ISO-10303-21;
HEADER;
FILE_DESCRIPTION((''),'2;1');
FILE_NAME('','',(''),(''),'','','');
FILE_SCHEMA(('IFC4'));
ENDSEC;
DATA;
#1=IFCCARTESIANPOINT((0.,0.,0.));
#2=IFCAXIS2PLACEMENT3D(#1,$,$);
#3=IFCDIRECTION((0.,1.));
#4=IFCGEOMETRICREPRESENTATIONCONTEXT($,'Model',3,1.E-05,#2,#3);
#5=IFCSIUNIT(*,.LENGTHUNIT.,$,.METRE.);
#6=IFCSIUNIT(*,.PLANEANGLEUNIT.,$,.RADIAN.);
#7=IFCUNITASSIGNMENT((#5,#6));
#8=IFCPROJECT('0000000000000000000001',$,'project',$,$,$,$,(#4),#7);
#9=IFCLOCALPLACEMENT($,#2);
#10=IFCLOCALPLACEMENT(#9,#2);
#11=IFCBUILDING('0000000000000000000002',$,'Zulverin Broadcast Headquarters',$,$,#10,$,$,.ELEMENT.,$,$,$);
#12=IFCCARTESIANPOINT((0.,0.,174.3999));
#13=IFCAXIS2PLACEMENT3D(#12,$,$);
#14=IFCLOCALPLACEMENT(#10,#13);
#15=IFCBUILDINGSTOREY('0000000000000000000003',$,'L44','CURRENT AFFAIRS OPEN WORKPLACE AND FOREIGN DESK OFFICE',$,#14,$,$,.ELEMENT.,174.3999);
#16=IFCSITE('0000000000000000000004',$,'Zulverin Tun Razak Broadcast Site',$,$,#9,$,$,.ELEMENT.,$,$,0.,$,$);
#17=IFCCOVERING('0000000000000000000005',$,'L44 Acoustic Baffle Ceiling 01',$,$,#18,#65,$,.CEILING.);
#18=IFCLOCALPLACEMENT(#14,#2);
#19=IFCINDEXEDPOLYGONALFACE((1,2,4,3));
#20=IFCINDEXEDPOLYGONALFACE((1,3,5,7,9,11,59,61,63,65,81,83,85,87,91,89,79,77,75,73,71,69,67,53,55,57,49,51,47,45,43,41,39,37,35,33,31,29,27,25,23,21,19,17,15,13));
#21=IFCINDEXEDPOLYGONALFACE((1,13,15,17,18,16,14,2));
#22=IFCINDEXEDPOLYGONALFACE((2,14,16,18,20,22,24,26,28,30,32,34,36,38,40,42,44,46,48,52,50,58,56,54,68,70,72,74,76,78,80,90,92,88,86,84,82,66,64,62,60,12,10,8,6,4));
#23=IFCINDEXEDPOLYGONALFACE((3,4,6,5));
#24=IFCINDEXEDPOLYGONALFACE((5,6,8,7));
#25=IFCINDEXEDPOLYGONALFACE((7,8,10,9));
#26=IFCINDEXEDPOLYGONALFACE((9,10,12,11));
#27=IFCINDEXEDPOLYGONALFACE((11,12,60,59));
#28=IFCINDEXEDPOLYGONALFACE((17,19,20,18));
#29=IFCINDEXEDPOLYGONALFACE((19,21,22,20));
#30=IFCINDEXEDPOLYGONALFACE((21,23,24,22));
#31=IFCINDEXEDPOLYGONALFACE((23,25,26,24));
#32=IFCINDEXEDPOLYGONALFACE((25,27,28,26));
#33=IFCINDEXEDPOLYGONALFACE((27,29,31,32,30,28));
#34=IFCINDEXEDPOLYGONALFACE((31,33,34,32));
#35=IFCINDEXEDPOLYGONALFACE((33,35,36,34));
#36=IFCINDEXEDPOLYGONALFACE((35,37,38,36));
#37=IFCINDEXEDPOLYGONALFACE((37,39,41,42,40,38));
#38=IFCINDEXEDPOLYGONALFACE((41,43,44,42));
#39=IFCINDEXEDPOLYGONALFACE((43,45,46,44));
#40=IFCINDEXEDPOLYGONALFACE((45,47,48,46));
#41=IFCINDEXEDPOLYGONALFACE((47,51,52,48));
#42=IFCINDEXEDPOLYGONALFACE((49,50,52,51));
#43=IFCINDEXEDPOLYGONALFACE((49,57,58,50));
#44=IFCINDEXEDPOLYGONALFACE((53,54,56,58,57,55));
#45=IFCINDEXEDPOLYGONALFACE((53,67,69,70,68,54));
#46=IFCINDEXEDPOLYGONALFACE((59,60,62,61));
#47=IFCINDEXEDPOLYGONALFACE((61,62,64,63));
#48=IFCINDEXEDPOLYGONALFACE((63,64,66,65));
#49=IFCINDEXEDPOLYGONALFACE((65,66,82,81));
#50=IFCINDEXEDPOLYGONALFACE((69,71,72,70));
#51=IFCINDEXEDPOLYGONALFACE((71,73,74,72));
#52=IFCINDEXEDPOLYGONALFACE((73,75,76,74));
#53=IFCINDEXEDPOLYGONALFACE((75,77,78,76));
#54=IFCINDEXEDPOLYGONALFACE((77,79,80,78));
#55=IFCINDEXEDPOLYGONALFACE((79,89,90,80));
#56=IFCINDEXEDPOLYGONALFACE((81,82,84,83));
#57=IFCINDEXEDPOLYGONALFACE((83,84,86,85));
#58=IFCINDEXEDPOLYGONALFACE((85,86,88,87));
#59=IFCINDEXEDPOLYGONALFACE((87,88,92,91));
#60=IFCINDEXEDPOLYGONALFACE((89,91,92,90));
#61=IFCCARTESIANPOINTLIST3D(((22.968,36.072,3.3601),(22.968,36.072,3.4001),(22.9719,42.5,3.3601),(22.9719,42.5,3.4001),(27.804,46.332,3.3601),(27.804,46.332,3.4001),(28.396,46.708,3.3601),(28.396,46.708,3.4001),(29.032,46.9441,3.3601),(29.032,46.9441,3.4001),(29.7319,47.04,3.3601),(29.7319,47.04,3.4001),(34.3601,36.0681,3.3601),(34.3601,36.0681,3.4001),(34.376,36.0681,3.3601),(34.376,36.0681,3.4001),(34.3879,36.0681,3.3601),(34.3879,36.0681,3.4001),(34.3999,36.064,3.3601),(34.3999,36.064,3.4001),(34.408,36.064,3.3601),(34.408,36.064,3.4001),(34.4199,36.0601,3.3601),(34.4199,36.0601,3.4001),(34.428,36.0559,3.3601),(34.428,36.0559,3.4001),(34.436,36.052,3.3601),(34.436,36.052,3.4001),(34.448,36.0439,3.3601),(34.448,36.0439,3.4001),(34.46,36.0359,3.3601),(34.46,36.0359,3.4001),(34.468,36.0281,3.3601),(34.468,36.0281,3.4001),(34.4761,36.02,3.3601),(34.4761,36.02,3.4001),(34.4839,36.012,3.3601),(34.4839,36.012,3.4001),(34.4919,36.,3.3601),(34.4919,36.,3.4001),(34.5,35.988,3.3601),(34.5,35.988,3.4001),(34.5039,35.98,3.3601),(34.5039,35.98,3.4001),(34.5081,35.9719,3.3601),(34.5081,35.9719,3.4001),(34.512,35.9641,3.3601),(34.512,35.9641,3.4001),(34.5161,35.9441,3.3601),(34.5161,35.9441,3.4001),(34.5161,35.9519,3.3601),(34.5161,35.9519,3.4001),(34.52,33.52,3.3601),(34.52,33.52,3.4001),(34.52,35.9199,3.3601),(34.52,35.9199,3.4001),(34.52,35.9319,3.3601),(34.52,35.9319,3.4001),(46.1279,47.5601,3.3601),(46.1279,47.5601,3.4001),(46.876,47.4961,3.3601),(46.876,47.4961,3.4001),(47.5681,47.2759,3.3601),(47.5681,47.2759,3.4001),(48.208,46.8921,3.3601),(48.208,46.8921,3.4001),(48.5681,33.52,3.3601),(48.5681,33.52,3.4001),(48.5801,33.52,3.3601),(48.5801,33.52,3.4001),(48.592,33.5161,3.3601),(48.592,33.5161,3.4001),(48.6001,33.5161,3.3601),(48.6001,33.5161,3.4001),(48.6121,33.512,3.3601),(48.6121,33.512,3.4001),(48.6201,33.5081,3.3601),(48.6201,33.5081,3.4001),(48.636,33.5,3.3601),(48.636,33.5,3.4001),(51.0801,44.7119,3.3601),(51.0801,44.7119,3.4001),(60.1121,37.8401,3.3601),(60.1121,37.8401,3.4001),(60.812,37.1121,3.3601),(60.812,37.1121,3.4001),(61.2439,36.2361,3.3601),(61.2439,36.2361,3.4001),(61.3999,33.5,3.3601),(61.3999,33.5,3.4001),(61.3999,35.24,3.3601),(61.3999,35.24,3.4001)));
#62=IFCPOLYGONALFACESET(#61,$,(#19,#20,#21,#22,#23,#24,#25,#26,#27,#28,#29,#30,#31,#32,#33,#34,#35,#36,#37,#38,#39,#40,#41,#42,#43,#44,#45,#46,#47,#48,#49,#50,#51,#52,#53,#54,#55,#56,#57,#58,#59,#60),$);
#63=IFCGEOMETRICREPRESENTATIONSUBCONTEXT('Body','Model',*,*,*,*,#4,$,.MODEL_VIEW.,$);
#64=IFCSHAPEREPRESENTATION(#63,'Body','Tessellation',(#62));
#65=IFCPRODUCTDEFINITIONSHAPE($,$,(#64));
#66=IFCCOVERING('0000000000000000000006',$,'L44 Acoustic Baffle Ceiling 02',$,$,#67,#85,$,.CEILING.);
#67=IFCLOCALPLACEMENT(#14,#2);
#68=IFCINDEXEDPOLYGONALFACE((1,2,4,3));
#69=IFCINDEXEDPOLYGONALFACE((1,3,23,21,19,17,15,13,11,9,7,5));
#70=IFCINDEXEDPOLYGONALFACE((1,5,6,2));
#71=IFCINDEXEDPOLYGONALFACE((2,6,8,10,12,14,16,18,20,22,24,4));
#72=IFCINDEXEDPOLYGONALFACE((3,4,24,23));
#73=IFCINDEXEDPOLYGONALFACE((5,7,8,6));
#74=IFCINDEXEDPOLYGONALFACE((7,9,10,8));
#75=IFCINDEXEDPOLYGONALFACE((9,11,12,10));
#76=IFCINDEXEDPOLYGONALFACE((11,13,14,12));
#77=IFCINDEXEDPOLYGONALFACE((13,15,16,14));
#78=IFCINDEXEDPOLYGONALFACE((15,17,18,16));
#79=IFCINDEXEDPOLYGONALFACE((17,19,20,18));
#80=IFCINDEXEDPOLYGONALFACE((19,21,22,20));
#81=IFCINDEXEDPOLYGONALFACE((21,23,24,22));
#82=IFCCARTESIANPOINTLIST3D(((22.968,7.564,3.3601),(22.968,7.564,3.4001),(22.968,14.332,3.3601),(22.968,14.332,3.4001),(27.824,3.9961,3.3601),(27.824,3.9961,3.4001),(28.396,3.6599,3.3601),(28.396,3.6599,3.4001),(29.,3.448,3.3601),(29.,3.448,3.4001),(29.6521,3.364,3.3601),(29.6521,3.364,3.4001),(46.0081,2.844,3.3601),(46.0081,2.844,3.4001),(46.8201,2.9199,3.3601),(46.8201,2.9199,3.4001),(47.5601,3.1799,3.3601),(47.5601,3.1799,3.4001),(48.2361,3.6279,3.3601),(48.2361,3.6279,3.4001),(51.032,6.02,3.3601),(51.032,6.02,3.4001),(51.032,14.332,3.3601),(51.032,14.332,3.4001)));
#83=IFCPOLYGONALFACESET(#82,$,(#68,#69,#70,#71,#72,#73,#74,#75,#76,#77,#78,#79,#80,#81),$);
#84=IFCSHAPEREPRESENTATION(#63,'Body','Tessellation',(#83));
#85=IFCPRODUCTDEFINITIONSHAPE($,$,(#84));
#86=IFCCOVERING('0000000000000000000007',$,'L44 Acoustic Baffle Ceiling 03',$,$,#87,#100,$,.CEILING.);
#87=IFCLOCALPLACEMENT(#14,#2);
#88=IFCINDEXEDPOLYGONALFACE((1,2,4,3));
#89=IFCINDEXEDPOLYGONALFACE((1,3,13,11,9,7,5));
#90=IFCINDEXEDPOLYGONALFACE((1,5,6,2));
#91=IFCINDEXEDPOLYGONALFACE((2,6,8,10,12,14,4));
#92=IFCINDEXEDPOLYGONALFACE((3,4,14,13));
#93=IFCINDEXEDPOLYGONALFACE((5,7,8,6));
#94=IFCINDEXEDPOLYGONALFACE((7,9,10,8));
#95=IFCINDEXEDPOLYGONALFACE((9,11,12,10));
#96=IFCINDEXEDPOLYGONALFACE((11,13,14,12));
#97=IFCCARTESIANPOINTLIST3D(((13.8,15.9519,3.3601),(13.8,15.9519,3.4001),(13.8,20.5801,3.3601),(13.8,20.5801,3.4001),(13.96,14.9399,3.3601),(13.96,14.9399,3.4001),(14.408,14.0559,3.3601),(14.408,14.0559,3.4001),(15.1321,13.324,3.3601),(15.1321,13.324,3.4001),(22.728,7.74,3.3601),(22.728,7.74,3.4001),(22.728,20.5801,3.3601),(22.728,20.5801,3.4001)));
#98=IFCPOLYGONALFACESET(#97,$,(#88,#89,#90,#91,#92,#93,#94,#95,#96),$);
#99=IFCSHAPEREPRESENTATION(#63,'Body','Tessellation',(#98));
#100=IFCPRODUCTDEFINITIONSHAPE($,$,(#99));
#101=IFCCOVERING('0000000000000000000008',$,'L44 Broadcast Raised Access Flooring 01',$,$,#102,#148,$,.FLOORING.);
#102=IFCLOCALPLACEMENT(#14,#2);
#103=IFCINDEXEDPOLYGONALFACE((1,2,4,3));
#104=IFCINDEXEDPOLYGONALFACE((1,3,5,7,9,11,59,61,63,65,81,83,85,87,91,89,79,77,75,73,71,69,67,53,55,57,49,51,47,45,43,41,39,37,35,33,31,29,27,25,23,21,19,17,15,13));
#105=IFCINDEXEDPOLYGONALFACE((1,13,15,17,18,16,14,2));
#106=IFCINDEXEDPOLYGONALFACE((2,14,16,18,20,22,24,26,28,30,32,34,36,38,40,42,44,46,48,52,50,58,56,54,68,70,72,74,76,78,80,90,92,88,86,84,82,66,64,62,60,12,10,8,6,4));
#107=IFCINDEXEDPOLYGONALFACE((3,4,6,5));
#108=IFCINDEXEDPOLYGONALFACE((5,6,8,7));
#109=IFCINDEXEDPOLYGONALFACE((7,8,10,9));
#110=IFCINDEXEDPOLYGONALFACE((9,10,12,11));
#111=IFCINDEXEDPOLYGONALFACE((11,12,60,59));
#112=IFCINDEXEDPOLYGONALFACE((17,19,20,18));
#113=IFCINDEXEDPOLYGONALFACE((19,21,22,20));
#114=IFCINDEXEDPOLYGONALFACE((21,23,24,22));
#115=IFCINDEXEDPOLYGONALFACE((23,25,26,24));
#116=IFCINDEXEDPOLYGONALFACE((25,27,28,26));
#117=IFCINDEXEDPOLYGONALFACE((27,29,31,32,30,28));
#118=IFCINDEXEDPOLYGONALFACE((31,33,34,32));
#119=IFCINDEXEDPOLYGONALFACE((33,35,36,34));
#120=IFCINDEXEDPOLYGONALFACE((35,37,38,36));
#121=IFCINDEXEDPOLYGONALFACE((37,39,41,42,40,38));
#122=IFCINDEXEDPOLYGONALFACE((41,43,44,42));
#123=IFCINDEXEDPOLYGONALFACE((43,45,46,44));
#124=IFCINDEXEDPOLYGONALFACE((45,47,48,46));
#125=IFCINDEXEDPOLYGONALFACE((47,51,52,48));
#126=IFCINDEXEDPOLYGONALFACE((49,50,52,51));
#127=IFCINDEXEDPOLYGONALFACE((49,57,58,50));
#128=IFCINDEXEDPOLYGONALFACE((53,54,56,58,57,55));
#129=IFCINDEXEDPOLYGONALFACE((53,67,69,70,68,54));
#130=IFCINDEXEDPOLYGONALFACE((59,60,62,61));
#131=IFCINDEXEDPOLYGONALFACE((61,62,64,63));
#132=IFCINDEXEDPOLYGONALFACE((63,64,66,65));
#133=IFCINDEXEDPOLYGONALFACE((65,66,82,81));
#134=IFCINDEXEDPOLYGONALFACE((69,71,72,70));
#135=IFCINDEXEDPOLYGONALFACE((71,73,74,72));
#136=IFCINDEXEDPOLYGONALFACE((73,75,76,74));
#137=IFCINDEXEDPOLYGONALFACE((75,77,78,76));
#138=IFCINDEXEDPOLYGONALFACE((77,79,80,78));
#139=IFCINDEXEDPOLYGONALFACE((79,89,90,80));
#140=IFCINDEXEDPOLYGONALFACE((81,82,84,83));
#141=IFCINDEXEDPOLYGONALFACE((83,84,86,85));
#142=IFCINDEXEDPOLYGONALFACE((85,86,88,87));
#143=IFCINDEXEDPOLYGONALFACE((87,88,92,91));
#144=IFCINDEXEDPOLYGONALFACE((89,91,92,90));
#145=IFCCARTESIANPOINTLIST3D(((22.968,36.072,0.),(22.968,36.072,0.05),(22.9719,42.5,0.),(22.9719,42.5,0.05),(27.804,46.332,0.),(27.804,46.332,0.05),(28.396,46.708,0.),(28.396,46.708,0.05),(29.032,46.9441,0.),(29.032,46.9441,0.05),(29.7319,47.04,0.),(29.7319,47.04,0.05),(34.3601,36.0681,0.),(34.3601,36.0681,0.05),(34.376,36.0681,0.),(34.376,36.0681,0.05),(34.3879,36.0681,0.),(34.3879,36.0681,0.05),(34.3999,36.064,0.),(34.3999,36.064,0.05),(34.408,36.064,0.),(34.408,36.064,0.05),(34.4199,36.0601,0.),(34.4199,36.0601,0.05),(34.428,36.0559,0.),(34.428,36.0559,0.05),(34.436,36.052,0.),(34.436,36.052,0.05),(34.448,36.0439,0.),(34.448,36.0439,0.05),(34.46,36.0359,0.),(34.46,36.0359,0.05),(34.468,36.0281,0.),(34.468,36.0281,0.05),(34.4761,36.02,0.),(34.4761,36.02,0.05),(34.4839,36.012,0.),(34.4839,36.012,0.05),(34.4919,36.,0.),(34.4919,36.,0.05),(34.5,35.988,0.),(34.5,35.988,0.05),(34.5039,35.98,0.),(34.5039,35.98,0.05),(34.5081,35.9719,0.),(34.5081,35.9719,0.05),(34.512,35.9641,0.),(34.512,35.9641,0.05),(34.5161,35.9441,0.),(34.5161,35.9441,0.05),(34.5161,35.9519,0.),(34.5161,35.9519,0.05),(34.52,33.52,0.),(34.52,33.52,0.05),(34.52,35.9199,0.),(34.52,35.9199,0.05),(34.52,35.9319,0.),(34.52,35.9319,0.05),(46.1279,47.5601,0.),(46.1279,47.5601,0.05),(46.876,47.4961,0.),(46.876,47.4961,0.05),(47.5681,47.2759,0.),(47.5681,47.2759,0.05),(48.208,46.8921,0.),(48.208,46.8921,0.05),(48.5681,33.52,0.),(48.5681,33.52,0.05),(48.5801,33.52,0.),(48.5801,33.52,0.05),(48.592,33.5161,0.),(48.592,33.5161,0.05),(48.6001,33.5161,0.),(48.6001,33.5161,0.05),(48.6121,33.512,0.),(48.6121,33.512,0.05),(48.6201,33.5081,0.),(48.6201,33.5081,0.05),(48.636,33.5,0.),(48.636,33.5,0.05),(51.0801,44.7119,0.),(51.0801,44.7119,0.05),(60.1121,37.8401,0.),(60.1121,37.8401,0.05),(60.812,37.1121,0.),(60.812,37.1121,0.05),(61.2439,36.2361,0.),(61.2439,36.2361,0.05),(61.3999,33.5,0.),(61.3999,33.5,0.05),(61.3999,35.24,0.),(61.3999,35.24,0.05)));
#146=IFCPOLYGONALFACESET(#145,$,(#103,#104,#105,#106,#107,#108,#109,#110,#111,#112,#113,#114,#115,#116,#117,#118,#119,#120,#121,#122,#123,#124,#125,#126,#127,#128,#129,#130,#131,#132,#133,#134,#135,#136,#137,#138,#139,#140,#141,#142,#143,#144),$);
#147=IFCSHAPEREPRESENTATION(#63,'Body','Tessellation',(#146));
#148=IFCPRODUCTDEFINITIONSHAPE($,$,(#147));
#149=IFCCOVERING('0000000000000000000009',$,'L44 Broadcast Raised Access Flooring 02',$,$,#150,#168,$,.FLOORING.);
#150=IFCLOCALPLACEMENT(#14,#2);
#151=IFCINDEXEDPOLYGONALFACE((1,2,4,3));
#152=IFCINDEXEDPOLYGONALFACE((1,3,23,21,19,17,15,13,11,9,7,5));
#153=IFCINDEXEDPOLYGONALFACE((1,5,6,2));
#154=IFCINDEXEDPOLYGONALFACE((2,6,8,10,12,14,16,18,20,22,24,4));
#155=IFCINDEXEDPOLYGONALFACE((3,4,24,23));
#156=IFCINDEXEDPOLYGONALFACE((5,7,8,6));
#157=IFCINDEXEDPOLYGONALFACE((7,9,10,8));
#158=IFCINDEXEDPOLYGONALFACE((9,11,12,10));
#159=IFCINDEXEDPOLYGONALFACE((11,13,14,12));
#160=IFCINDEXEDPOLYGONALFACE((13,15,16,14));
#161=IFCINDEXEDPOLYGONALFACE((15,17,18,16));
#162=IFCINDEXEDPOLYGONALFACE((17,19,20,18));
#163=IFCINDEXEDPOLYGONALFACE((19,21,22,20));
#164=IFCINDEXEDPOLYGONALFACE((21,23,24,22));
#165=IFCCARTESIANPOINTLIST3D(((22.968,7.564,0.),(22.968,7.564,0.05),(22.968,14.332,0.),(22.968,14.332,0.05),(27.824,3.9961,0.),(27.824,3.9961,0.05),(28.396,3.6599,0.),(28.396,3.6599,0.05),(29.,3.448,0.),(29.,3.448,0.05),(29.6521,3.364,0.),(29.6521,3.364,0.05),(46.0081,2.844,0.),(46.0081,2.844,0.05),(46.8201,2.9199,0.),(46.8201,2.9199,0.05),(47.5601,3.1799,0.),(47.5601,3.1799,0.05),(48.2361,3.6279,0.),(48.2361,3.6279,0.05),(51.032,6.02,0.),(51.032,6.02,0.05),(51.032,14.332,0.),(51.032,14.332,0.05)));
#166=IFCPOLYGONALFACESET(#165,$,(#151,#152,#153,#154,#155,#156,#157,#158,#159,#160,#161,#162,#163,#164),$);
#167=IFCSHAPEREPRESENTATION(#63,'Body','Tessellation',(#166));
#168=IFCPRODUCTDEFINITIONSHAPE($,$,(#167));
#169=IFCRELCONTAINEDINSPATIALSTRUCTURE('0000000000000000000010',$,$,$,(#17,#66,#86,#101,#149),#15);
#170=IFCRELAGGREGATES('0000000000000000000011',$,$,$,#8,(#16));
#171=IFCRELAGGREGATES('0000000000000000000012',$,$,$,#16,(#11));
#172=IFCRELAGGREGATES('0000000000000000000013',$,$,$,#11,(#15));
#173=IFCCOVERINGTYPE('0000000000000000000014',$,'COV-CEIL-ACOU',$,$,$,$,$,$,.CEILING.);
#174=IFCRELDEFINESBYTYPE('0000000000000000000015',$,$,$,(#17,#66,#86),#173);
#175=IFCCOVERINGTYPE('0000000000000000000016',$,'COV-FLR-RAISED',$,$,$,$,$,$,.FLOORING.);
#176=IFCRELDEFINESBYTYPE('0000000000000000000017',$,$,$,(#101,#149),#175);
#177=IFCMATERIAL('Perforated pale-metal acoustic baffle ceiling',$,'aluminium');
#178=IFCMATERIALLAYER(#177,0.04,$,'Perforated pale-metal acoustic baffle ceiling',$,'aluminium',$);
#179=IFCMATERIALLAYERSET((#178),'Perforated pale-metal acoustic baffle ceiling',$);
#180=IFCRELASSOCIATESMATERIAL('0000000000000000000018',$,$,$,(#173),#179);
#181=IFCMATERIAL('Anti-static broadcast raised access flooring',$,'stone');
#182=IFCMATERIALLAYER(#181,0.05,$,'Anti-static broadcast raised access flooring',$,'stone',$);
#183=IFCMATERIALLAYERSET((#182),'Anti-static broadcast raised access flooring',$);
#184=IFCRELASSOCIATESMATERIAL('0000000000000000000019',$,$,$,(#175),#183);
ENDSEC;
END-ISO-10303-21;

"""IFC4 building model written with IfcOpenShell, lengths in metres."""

from ifc_helpers import new_model, si_unit, direction, frame, origin, place, context, subcontext, project, spatial, polyline, outline, extrude, material, layer, layer_set, type_object, element, save


model = new_model("IFC4")

# Units and contexts
model_context = context("Model", 3, precision=1e-05, world=origin(), true_north=direction((0.0, 1.0)))
body_context = subcontext(model_context, "Body", "Model", "MODEL_VIEW")
ifc_project = project(units=[si_unit("LENGTHUNIT", "METRE"), si_unit("PLANEANGLEUNIT", "RADIAN")], contexts=[model_context])

# Site, building, storey
site_placement = place(None, origin())
site = spatial("IfcSite", under=ifc_project, at=site_placement, Name="Zulverin Tun Razak Broadcast Site", CompositionType="ELEMENT", RefElevation=0.0)
building_placement = place(site_placement, origin())
building = spatial("IfcBuilding", under=site, at=building_placement, Name="Zulverin Broadcast Headquarters", CompositionType="ELEMENT")
storey_placement = place(building_placement, frame((0.0, 0.0, 174.3999)))
storey = spatial("IfcBuildingStorey", under=building, at=storey_placement, Name="L44", Description="CURRENT AFFAIRS OPEN WORKPLACE AND FOREIGN DESK OFFICE", CompositionType="ELEMENT", Elevation=174.3999)

# Coverings
ifc_material_1 = material(Name="Perforated pale-metal acoustic baffle ceiling", Category="aluminium")
ifc_layer_1 = layer(ifc_material_1, 0.04, Name="Perforated pale-metal acoustic baffle ceiling", Category="aluminium")
ifc_layer_set_1 = layer_set([ifc_layer_1], Name="Perforated pale-metal acoustic baffle ceiling")
covering_type_1 = type_object("IfcCoveringType", Name="COV-CEIL-ACOU", PredefinedType="CEILING", material=ifc_layer_set_1)
covering_1_placement = place(storey_placement, frame((0.0, 0.0, 3.3601)))
element("IfcCovering", 1, at=covering_1_placement, inside=storey, type_object=covering_type_1, Name="L44 Acoustic Baffle Ceiling 01", PredefinedType="CEILING", context=body_context, shape_type="SweptSolid", body=[
    extrude(outline(polyline([(28.396, 46.708), (27.804, 46.332), (22.9719, 42.5), (22.968, 36.072), (34.3601, 36.0681), (34.376, 36.0681), (34.3879, 36.0681), (34.3999, 36.064), (34.408, 36.064), (34.4199, 36.0601), (34.428, 36.0559), (34.436, 36.052), (34.448, 36.0439), (34.46, 36.0359), (34.468, 36.0281), (34.4761, 36.02), (34.4839, 36.012), (34.4919, 36.0), (34.5, 35.988), (34.5039, 35.98), (34.5081, 35.9719), (34.512, 35.9641), (34.5161, 35.9519), (34.5161, 35.9441), (34.52, 35.9319), (34.52, 35.9199), (34.52, 33.52), (48.5681, 33.52), (48.5801, 33.52), (48.592, 33.5161), (48.6001, 33.5161), (48.6121, 33.512), (48.6201, 33.5081), (48.636, 33.5), (61.3999, 33.5), (61.3999, 35.24), (61.2439, 36.2361), (60.812, 37.1121), (60.1121, 37.8401), (51.0801, 44.7119), (48.208, 46.8921), (47.5681, 47.2759), (46.876, 47.4961), (46.1279, 47.5601), (29.7319, 47.04), (29.032, 46.9441), (28.396, 46.708)])), origin(), (0.0, 0.0, 1.0), 0.04),
])
covering_2_placement = place(storey_placement, frame((0.0, 0.0, 3.3601)))
element("IfcCovering", 2, at=covering_2_placement, inside=storey, type_object=covering_type_1, Name="L44 Acoustic Baffle Ceiling 02", PredefinedType="CEILING", context=body_context, shape_type="SweptSolid", body=[
    extrude(outline(polyline([(47.5601, 3.1799), (48.2361, 3.6279), (51.032, 6.02), (51.032, 14.332), (22.968, 14.332), (22.968, 7.564), (27.824, 3.9961), (28.396, 3.6599), (29.0, 3.448), (29.6521, 3.364), (46.0081, 2.844), (46.8201, 2.9199), (47.5601, 3.1799)])), origin(), (0.0, 0.0, 1.0), 0.04),
])
covering_3_placement = place(storey_placement, frame((0.0, 0.0, 3.3601)))
element("IfcCovering", 3, at=covering_3_placement, inside=storey, type_object=covering_type_1, Name="L44 Acoustic Baffle Ceiling 03", PredefinedType="CEILING", context=body_context, shape_type="SweptSolid", body=[
    extrude(outline(polyline([(14.408, 14.0559), (15.1321, 13.324), (22.728, 7.74), (22.728, 20.5801), (13.8, 20.5801), (13.8, 15.9519), (13.96, 14.9399), (14.408, 14.0559)])), origin(), (0.0, 0.0, 1.0), 0.04),
])
ifc_material_2 = material(Name="Anti-static broadcast raised access flooring", Category="stone")
ifc_layer_2 = layer(ifc_material_2, 0.05, Name="Anti-static broadcast raised access flooring", Category="stone")
ifc_layer_set_2 = layer_set([ifc_layer_2], Name="Anti-static broadcast raised access flooring")
covering_type_2 = type_object("IfcCoveringType", Name="COV-FLR-RAISED", PredefinedType="FLOORING", material=ifc_layer_set_2)
covering_4_placement = place(storey_placement, origin())
element("IfcCovering", 4, at=covering_4_placement, inside=storey, type_object=covering_type_2, Name="L44 Broadcast Raised Access Flooring 01", PredefinedType="FLOORING", context=body_context, shape_type="SweptSolid", body=[
    extrude(outline(polyline([(28.396, 46.708), (27.804, 46.332), (22.9719, 42.5), (22.968, 36.072), (34.3601, 36.0681), (34.376, 36.0681), (34.3879, 36.0681), (34.3999, 36.064), (34.408, 36.064), (34.4199, 36.0601), (34.428, 36.0559), (34.436, 36.052), (34.448, 36.0439), (34.46, 36.0359), (34.468, 36.0281), (34.4761, 36.02), (34.4839, 36.012), (34.4919, 36.0), (34.5, 35.988), (34.5039, 35.98), (34.5081, 35.9719), (34.512, 35.9641), (34.5161, 35.9519), (34.5161, 35.9441), (34.52, 35.9319), (34.52, 35.9199), (34.52, 33.52), (48.5681, 33.52), (48.5801, 33.52), (48.592, 33.5161), (48.6001, 33.5161), (48.6121, 33.512), (48.6201, 33.5081), (48.636, 33.5), (61.3999, 33.5), (61.3999, 35.24), (61.2439, 36.2361), (60.812, 37.1121), (60.1121, 37.8401), (51.0801, 44.7119), (48.208, 46.8921), (47.5681, 47.2759), (46.876, 47.4961), (46.1279, 47.5601), (29.7319, 47.04), (29.032, 46.9441), (28.396, 46.708)])), origin(), (0.0, 0.0, 1.0), 0.05),
])
covering_5_placement = place(storey_placement, origin())
element("IfcCovering", 5, at=covering_5_placement, inside=storey, type_object=covering_type_2, Name="L44 Broadcast Raised Access Flooring 02", PredefinedType="FLOORING", context=body_context, shape_type="SweptSolid", body=[
    extrude(outline(polyline([(47.5601, 3.1799), (48.2361, 3.6279), (51.032, 6.02), (51.032, 14.332), (22.968, 14.332), (22.968, 7.564), (27.824, 3.9961), (28.396, 3.6599), (29.0, 3.448), (29.6521, 3.364), (46.0081, 2.844), (46.8201, 2.9199), (47.5601, 3.1799)])), origin(), (0.0, 0.0, 1.0), 0.05),
])

save(model, "model.ifc")
